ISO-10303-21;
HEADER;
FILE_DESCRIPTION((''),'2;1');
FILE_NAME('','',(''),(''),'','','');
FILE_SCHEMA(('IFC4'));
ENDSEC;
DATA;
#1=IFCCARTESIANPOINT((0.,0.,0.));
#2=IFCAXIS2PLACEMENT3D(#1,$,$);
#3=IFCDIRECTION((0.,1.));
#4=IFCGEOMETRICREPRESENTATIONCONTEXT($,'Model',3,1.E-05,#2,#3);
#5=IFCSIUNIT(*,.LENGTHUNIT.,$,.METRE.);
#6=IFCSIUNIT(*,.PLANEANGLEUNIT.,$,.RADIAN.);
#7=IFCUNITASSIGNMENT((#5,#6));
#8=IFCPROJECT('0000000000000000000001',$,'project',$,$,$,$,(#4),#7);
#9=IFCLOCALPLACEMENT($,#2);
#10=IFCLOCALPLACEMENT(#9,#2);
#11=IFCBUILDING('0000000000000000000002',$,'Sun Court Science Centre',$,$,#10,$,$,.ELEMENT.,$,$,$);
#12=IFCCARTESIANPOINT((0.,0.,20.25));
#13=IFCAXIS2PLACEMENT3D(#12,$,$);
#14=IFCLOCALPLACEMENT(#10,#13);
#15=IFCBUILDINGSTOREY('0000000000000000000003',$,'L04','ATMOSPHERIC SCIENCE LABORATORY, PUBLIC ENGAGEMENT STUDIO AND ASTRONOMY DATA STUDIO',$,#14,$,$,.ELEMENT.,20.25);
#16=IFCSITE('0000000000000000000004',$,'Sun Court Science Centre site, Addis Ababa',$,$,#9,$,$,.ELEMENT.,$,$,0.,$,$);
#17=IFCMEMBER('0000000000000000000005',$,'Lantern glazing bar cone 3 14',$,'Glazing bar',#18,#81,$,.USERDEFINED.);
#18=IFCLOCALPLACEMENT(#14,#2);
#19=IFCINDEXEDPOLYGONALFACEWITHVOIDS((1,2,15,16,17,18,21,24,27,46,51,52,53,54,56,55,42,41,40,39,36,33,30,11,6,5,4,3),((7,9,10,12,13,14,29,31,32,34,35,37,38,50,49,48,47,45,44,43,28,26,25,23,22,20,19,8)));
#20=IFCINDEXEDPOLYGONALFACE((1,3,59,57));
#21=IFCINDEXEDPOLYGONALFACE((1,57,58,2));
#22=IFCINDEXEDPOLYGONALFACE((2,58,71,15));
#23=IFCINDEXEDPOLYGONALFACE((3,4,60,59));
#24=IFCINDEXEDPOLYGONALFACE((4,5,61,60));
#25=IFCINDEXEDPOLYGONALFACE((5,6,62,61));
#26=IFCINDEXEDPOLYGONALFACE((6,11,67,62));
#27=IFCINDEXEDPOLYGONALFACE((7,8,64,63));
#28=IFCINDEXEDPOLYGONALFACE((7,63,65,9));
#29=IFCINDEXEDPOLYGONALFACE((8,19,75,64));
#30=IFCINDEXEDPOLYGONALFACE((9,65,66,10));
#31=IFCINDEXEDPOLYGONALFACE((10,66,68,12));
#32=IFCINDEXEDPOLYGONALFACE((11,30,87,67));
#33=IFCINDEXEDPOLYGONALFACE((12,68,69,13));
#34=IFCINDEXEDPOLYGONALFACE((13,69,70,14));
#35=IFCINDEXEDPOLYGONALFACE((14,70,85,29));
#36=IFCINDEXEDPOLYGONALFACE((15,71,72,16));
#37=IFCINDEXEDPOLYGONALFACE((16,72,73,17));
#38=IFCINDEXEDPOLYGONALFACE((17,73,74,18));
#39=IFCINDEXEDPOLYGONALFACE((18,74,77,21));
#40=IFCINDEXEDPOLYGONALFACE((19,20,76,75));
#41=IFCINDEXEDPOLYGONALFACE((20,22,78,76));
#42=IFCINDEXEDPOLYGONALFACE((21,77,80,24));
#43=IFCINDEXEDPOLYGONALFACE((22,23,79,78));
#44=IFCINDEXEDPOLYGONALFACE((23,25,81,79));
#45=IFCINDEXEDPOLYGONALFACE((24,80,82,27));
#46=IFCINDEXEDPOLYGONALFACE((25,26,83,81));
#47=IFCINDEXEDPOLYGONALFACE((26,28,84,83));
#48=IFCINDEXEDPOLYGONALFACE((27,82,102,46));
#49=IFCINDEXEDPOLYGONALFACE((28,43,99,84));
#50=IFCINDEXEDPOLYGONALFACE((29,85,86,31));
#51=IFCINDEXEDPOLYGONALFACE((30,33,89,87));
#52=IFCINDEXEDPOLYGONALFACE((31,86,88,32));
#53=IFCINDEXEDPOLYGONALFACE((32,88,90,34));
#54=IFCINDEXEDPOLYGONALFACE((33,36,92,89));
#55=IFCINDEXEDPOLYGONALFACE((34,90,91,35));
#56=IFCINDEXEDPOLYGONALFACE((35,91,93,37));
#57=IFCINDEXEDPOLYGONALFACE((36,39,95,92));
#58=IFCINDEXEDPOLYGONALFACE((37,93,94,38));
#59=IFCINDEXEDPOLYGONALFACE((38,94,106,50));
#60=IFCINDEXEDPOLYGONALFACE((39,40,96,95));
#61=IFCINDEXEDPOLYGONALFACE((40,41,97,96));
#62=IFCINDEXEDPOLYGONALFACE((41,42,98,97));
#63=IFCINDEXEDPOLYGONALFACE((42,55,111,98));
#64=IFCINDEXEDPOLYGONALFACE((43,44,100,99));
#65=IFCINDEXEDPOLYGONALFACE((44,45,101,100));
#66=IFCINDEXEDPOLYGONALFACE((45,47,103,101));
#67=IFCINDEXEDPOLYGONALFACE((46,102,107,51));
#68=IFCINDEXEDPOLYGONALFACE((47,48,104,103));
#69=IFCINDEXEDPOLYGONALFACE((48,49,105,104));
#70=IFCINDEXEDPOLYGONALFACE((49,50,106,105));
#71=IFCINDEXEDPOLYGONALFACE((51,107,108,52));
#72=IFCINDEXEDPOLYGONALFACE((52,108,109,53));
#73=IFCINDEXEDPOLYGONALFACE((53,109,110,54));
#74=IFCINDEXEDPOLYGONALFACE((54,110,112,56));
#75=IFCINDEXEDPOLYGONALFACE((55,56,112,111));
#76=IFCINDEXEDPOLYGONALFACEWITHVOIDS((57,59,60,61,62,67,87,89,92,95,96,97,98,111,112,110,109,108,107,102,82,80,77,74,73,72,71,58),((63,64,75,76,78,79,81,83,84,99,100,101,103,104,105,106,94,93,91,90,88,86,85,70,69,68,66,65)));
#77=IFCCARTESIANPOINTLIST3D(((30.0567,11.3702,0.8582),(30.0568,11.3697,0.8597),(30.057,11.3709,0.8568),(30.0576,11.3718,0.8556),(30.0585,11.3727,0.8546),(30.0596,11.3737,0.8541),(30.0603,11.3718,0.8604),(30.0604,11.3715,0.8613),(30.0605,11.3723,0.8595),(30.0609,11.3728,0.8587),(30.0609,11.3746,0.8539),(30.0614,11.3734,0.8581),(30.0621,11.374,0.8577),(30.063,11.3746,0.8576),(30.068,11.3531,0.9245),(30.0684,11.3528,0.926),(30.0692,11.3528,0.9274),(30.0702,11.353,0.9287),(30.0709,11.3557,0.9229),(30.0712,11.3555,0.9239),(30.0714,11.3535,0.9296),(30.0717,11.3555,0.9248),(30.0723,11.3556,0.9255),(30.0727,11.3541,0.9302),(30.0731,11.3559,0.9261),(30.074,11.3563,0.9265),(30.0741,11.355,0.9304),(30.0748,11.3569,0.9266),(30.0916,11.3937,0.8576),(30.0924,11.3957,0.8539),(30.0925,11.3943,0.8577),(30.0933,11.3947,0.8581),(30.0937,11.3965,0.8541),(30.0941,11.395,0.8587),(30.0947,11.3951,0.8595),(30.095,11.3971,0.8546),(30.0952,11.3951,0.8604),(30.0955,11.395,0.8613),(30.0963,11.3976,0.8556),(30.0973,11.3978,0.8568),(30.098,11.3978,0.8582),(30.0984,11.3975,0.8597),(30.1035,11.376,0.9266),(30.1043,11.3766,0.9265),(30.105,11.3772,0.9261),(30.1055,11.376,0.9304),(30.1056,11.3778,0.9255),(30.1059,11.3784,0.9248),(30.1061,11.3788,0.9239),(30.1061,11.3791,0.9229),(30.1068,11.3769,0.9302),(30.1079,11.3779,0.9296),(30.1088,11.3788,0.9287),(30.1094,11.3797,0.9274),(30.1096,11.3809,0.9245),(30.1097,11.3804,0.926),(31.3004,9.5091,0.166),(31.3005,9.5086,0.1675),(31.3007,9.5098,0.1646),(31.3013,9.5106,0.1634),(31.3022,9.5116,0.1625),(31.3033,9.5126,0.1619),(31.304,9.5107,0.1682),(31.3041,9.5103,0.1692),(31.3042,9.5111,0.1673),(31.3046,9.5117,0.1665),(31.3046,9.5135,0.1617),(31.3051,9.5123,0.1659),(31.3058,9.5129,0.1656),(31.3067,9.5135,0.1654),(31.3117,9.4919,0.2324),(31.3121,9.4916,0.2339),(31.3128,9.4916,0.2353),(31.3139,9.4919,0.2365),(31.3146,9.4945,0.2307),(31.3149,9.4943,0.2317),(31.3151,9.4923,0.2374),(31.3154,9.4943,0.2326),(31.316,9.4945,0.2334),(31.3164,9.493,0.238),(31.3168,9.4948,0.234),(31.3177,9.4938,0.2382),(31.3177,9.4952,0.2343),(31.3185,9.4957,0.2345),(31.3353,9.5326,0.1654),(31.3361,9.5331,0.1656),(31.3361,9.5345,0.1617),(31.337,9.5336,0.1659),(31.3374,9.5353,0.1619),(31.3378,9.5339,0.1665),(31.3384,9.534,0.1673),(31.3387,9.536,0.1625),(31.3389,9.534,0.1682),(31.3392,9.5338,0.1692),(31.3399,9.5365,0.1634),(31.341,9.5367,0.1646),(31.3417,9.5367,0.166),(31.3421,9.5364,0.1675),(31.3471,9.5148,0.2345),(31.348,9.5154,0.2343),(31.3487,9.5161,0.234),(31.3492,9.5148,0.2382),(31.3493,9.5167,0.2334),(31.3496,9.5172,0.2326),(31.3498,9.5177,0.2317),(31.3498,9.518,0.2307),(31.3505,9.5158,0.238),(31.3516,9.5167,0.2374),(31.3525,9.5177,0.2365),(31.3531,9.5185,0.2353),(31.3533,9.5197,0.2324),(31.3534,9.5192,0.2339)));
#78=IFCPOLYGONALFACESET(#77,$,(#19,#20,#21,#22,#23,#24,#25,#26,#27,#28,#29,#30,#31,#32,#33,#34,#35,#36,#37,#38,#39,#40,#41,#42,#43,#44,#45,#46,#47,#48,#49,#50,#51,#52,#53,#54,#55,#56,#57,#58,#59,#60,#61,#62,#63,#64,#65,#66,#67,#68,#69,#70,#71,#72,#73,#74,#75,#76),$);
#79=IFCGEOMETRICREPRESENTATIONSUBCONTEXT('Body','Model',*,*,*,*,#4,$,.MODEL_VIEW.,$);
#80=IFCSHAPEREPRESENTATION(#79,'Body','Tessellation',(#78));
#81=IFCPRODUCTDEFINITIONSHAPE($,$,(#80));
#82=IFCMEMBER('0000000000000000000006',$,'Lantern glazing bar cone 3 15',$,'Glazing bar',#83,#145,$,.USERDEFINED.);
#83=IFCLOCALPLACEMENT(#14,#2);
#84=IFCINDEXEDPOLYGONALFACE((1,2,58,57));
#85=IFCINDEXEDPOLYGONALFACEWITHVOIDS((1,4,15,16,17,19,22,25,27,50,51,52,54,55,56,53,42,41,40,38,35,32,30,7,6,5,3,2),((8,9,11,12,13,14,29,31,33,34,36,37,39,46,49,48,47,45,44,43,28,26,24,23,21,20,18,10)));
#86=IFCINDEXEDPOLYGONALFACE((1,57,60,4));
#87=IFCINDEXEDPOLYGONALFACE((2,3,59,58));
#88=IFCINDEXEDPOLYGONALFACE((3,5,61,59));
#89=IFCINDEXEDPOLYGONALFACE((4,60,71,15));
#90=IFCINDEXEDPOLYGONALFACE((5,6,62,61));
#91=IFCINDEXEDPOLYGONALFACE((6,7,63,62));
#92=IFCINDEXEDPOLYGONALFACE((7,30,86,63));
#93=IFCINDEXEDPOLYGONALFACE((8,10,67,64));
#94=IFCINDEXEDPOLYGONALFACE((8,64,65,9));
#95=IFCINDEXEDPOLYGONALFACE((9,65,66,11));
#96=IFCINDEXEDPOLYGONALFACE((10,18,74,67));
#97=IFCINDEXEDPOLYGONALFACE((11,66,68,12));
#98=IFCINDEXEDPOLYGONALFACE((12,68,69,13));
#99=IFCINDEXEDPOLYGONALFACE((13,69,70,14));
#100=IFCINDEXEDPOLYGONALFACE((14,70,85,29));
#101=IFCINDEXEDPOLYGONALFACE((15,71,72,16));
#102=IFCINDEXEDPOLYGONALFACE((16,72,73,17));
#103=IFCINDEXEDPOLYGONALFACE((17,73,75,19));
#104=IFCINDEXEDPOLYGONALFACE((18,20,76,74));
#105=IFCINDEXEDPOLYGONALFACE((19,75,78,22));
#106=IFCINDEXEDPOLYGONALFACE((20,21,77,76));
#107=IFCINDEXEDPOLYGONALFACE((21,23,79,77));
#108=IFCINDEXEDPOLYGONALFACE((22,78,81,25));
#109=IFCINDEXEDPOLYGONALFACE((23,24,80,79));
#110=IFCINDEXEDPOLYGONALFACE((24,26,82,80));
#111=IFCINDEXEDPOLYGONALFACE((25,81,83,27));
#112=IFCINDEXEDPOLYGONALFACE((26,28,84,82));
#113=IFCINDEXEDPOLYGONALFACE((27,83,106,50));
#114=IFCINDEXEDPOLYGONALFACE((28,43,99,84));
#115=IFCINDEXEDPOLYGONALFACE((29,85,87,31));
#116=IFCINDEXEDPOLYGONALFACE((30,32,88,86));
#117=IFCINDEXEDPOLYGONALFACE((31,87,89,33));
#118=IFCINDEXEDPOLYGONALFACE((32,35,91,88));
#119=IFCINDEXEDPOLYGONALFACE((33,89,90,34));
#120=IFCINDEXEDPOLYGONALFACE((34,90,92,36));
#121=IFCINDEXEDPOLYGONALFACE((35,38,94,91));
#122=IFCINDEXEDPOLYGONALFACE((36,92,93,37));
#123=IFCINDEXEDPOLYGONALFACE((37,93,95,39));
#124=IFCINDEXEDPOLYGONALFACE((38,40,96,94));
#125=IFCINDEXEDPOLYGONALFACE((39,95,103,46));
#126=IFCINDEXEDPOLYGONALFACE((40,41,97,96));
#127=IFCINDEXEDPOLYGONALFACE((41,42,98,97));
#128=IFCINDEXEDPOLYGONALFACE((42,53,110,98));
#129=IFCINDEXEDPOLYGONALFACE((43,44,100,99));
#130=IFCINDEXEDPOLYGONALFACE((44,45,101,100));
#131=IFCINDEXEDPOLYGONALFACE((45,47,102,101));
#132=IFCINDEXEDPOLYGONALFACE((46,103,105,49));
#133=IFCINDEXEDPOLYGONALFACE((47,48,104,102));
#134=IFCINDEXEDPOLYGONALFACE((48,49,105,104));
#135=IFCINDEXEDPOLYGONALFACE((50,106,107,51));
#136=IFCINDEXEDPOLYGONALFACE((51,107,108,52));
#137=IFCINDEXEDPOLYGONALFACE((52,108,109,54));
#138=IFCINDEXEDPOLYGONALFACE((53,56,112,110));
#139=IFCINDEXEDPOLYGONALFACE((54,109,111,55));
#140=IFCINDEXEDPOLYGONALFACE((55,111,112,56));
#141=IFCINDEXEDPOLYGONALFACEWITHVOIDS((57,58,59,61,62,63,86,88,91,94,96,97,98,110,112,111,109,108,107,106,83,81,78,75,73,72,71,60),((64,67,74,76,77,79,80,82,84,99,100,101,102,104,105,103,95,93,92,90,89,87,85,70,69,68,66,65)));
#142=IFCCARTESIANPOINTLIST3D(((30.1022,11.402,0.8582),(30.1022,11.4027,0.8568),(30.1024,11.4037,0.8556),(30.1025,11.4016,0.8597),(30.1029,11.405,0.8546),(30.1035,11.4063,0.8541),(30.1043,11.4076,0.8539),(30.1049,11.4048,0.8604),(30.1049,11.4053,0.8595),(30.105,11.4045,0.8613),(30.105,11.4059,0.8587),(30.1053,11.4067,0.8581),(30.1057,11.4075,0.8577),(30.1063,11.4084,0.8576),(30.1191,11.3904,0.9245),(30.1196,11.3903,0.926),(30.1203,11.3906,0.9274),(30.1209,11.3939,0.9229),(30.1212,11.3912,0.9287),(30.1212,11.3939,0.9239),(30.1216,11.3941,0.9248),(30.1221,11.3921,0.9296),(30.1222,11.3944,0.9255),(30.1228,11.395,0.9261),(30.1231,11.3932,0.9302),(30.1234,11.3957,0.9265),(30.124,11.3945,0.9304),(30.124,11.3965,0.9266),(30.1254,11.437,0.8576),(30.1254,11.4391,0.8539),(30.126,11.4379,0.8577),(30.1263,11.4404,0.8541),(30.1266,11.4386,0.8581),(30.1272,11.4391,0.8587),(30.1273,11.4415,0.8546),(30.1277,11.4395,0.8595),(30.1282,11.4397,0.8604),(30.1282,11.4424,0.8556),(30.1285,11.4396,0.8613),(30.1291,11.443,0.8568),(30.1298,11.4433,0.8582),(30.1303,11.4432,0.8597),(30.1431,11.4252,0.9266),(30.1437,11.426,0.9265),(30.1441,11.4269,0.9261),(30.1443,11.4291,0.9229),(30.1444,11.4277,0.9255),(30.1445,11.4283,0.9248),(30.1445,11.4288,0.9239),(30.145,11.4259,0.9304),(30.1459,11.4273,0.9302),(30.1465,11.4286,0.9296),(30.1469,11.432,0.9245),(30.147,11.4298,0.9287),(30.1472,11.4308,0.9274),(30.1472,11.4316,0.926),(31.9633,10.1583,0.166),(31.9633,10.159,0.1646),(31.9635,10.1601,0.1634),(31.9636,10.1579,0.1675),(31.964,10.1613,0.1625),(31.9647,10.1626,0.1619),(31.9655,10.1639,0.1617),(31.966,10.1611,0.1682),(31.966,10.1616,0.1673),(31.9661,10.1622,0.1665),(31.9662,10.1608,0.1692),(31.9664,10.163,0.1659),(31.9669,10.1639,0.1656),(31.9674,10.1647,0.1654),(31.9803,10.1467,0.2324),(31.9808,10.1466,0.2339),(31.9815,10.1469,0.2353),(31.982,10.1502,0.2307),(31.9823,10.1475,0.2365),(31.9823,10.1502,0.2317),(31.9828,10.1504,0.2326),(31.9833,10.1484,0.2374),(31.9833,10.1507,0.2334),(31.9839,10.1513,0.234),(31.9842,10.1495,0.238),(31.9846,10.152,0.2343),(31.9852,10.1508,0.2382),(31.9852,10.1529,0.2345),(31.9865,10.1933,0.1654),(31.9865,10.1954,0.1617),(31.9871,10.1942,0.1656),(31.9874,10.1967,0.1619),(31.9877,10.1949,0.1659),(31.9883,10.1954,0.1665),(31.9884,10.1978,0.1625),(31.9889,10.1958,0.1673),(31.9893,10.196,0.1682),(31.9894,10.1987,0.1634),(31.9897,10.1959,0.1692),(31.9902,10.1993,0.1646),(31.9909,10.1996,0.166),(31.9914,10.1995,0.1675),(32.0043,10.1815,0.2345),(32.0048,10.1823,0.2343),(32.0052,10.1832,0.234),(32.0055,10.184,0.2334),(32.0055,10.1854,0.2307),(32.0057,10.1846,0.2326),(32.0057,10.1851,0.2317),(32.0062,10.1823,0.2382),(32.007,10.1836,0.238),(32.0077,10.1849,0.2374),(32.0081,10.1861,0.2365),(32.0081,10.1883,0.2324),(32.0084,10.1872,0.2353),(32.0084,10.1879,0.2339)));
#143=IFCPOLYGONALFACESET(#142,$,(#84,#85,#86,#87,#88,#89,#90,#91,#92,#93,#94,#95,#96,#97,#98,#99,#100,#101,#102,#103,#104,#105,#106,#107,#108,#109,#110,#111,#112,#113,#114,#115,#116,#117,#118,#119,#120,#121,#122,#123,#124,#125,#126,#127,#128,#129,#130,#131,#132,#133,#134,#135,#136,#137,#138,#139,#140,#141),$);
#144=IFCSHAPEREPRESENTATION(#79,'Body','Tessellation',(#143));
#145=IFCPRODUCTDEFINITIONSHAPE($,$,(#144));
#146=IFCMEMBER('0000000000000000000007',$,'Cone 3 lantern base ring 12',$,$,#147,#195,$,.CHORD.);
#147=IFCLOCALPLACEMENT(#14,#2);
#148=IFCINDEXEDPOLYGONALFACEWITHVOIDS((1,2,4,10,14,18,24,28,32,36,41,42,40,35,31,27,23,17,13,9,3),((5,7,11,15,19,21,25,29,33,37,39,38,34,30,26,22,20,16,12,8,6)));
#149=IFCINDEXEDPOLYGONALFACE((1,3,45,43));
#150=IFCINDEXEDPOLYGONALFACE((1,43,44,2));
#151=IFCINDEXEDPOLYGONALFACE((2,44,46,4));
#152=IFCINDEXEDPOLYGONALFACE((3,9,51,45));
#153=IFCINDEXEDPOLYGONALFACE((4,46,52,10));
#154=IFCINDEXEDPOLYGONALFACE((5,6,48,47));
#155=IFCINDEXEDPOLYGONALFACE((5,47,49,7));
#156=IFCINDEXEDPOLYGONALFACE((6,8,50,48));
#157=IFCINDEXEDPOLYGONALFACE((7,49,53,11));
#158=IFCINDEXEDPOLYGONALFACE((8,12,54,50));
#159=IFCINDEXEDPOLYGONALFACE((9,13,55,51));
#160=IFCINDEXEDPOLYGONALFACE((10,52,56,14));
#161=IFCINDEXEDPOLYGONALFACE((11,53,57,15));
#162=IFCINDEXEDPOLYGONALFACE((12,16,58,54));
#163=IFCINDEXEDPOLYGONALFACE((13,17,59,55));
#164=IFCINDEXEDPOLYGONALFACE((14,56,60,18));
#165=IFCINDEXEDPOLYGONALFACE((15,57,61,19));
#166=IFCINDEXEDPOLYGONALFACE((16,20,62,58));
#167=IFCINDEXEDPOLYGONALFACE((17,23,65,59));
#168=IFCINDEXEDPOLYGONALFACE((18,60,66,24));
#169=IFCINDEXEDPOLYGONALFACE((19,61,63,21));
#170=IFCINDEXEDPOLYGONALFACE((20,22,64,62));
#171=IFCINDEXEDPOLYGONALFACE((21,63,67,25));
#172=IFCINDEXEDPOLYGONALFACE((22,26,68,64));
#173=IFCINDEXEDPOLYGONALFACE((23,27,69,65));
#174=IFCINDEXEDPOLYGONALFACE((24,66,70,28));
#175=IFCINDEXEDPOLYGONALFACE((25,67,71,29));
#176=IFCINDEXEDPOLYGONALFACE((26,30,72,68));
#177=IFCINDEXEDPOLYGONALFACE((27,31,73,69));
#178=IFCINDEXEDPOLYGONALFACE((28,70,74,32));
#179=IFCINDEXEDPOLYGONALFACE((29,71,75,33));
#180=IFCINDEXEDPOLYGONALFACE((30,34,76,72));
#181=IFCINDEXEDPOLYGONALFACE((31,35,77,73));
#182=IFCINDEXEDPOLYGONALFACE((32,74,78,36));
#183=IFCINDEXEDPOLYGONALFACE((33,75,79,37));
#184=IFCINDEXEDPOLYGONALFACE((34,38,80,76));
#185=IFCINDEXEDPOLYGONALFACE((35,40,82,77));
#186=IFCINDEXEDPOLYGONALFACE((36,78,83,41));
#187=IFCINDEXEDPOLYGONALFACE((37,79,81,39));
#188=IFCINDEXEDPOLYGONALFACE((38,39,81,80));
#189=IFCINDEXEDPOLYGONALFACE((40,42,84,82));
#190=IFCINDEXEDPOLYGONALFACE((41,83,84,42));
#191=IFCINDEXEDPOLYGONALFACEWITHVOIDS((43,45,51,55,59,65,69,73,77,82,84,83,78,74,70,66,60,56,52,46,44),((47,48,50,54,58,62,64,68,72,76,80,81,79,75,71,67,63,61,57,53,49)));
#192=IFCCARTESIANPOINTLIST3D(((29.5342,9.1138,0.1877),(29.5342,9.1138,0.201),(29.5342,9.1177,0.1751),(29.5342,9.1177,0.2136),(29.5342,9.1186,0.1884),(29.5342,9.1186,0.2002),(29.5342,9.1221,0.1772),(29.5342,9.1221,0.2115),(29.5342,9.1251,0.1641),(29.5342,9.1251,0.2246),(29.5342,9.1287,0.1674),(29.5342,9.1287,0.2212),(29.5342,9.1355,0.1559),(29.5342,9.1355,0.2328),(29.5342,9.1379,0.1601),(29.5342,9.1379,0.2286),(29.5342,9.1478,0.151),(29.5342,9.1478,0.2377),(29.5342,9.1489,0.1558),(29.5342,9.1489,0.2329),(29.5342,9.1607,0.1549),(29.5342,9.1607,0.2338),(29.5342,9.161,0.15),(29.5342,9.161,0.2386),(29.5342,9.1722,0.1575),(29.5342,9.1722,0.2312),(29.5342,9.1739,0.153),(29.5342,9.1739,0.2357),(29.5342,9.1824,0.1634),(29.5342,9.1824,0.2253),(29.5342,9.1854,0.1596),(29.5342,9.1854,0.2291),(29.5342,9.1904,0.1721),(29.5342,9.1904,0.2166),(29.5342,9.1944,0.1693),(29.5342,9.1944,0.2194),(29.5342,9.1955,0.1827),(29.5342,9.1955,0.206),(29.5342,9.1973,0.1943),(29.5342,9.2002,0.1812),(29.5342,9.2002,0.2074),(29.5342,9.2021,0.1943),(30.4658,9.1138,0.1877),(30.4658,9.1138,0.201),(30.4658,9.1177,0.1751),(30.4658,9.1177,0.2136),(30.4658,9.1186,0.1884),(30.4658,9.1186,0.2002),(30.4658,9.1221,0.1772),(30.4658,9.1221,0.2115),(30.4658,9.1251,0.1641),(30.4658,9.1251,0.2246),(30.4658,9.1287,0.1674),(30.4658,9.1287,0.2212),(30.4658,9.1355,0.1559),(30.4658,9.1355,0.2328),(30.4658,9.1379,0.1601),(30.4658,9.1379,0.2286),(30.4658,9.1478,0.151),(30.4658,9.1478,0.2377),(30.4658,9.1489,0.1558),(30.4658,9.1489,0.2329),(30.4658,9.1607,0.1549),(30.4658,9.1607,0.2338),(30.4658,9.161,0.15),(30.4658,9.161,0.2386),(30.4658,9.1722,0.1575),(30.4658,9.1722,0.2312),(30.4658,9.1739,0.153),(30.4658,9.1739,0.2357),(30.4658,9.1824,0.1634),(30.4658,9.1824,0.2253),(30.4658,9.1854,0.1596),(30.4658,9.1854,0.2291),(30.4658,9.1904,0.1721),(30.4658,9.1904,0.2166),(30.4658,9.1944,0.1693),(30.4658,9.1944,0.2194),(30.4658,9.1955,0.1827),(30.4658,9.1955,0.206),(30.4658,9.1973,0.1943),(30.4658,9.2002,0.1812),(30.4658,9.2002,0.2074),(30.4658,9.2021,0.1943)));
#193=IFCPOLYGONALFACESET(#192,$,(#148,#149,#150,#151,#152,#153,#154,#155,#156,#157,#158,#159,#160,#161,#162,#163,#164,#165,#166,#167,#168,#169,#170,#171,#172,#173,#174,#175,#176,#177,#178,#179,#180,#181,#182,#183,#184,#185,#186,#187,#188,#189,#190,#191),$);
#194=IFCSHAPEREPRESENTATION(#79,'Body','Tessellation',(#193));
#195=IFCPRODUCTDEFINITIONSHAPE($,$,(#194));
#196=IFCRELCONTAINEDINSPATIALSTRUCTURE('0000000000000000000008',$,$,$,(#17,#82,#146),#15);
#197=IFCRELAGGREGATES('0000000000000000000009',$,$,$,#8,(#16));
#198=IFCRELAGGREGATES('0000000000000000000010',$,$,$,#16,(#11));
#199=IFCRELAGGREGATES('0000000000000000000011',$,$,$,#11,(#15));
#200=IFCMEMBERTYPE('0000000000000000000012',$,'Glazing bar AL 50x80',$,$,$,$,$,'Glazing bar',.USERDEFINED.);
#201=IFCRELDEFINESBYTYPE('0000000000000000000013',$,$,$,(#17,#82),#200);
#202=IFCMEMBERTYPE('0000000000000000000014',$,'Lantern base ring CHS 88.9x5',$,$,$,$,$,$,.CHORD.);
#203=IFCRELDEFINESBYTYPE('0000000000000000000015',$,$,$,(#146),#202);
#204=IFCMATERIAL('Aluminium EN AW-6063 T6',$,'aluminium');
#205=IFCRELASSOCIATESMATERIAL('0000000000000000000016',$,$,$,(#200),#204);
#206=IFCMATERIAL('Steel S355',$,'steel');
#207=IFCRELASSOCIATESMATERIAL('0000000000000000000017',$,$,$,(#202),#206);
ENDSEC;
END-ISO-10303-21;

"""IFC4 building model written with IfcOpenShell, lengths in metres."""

from ifc_helpers import new_model, si_unit, direction, frame, origin, origin_2d, place, context, subcontext, project, spatial, hollow_rectangle, hollow_circle, extrude, material, material_profile, profile_set, type_object, element, save


model = new_model("IFC4")

# Units and contexts
model_context = context("Model", 3, precision=1e-05, world=origin(), true_north=direction((0.0, 1.0)))
body_context = subcontext(model_context, "Body", "Model", "MODEL_VIEW")
ifc_project = project(units=[si_unit("LENGTHUNIT", "METRE"), si_unit("PLANEANGLEUNIT", "RADIAN")], contexts=[model_context])

# Site, building, storey
site_placement = place(None, origin())
site = spatial("IfcSite", under=ifc_project, at=site_placement, Name="Sun Court Science Centre site, Addis Ababa", CompositionType="ELEMENT", RefElevation=0.0)
building_placement = place(site_placement, origin())
building = spatial("IfcBuilding", under=site, at=building_placement, Name="Sun Court Science Centre", CompositionType="ELEMENT")
storey_placement = place(building_placement, frame((0.0, 0.0, 20.25)))
storey = spatial("IfcBuildingStorey", under=building, at=storey_placement, Name="L04", Description="ATMOSPHERIC SCIENCE LABORATORY, PUBLIC ENGAGEMENT STUDIO AND ASTRONOMY DATA STUDIO", CompositionType="ELEMENT", Elevation=20.25)

# Members
ifc_material_1 = material(Name="Aluminium EN AW-6063 T6", Category="aluminium")
ifc_material_profile_1 = material_profile(ifc_material_1, hollow_rectangle(XDim=0.05, YDim=0.0801, WallThickness=0.0039, InnerFilletRadius=0.0039, OuterFilletRadius=0.0061, at=origin_2d()), Name="AL 50x80x4")
ifc_profile_set_1 = profile_set([ifc_material_profile_1], Name="Aluminium EN AW-6063 T6")
member_type_1 = type_object("IfcMemberType", Name="Glazing bar AL 50x80", ElementType="Glazing bar", PredefinedType="USERDEFINED", material=ifc_profile_set_1)
for number, where, z_axis, x_axis, name in (
    (1, (31.3269, 9.5142, 0.2), (-0.530809, 0.794338, 0.295415), (-0.831446, -0.555606, 0.0), "Lantern glazing bar cone 3 14"),
    (2, (31.9858, 10.1731, 0.2), (-0.794338, 0.530809, 0.295415), (-0.555606, -0.831446, 0.0), "Lantern glazing bar cone 3 15"),
):
    element("IfcMember", number, at=place(storey_placement, frame(where, z_axis=z_axis, x_axis=x_axis)), inside=storey, type_object=member_type_1, Name=name, ObjectType="Glazing bar", PredefinedType="USERDEFINED", context=body_context, shape_type="SweptSolid", body=[
        extrude(hollow_rectangle(XDim=0.05, YDim=0.0801, WallThickness=0.0039, InnerFilletRadius=0.0039, OuterFilletRadius=0.0061, at=origin_2d()), origin(), (0.0, 0.0, 1.0), 2.343),
    ])
ifc_material_2 = material(Name="Steel S355", Category="steel")
ifc_material_profile_2 = material_profile(ifc_material_2, hollow_circle(Radius=0.0444, WallThickness=0.0049, at=origin_2d()), Name="CHS 88.9x5")
ifc_profile_set_2 = profile_set([ifc_material_profile_2], Name="Steel S355")
member_type_2 = type_object("IfcMemberType", Name="Lantern base ring CHS 88.9x5", PredefinedType="CHORD", material=ifc_profile_set_2)
member_1_placement = place(storey_placement, frame((29.5342, 9.1577, 0.1943), z_axis=(1.0, 0.0, 0.0), x_axis=(0.0, 1.0, 0.0)))
element("IfcMember", 3, at=member_1_placement, inside=storey, type_object=member_type_2, Name="Cone 3 lantern base ring 12", PredefinedType="CHORD", context=body_context, shape_type="SweptSolid", body=[
    extrude(hollow_circle(Radius=0.0444, WallThickness=0.0049, at=origin_2d()), origin(), (0.0, 0.0, 1.0), 0.9316),
])

save(model, "model.ifc")
